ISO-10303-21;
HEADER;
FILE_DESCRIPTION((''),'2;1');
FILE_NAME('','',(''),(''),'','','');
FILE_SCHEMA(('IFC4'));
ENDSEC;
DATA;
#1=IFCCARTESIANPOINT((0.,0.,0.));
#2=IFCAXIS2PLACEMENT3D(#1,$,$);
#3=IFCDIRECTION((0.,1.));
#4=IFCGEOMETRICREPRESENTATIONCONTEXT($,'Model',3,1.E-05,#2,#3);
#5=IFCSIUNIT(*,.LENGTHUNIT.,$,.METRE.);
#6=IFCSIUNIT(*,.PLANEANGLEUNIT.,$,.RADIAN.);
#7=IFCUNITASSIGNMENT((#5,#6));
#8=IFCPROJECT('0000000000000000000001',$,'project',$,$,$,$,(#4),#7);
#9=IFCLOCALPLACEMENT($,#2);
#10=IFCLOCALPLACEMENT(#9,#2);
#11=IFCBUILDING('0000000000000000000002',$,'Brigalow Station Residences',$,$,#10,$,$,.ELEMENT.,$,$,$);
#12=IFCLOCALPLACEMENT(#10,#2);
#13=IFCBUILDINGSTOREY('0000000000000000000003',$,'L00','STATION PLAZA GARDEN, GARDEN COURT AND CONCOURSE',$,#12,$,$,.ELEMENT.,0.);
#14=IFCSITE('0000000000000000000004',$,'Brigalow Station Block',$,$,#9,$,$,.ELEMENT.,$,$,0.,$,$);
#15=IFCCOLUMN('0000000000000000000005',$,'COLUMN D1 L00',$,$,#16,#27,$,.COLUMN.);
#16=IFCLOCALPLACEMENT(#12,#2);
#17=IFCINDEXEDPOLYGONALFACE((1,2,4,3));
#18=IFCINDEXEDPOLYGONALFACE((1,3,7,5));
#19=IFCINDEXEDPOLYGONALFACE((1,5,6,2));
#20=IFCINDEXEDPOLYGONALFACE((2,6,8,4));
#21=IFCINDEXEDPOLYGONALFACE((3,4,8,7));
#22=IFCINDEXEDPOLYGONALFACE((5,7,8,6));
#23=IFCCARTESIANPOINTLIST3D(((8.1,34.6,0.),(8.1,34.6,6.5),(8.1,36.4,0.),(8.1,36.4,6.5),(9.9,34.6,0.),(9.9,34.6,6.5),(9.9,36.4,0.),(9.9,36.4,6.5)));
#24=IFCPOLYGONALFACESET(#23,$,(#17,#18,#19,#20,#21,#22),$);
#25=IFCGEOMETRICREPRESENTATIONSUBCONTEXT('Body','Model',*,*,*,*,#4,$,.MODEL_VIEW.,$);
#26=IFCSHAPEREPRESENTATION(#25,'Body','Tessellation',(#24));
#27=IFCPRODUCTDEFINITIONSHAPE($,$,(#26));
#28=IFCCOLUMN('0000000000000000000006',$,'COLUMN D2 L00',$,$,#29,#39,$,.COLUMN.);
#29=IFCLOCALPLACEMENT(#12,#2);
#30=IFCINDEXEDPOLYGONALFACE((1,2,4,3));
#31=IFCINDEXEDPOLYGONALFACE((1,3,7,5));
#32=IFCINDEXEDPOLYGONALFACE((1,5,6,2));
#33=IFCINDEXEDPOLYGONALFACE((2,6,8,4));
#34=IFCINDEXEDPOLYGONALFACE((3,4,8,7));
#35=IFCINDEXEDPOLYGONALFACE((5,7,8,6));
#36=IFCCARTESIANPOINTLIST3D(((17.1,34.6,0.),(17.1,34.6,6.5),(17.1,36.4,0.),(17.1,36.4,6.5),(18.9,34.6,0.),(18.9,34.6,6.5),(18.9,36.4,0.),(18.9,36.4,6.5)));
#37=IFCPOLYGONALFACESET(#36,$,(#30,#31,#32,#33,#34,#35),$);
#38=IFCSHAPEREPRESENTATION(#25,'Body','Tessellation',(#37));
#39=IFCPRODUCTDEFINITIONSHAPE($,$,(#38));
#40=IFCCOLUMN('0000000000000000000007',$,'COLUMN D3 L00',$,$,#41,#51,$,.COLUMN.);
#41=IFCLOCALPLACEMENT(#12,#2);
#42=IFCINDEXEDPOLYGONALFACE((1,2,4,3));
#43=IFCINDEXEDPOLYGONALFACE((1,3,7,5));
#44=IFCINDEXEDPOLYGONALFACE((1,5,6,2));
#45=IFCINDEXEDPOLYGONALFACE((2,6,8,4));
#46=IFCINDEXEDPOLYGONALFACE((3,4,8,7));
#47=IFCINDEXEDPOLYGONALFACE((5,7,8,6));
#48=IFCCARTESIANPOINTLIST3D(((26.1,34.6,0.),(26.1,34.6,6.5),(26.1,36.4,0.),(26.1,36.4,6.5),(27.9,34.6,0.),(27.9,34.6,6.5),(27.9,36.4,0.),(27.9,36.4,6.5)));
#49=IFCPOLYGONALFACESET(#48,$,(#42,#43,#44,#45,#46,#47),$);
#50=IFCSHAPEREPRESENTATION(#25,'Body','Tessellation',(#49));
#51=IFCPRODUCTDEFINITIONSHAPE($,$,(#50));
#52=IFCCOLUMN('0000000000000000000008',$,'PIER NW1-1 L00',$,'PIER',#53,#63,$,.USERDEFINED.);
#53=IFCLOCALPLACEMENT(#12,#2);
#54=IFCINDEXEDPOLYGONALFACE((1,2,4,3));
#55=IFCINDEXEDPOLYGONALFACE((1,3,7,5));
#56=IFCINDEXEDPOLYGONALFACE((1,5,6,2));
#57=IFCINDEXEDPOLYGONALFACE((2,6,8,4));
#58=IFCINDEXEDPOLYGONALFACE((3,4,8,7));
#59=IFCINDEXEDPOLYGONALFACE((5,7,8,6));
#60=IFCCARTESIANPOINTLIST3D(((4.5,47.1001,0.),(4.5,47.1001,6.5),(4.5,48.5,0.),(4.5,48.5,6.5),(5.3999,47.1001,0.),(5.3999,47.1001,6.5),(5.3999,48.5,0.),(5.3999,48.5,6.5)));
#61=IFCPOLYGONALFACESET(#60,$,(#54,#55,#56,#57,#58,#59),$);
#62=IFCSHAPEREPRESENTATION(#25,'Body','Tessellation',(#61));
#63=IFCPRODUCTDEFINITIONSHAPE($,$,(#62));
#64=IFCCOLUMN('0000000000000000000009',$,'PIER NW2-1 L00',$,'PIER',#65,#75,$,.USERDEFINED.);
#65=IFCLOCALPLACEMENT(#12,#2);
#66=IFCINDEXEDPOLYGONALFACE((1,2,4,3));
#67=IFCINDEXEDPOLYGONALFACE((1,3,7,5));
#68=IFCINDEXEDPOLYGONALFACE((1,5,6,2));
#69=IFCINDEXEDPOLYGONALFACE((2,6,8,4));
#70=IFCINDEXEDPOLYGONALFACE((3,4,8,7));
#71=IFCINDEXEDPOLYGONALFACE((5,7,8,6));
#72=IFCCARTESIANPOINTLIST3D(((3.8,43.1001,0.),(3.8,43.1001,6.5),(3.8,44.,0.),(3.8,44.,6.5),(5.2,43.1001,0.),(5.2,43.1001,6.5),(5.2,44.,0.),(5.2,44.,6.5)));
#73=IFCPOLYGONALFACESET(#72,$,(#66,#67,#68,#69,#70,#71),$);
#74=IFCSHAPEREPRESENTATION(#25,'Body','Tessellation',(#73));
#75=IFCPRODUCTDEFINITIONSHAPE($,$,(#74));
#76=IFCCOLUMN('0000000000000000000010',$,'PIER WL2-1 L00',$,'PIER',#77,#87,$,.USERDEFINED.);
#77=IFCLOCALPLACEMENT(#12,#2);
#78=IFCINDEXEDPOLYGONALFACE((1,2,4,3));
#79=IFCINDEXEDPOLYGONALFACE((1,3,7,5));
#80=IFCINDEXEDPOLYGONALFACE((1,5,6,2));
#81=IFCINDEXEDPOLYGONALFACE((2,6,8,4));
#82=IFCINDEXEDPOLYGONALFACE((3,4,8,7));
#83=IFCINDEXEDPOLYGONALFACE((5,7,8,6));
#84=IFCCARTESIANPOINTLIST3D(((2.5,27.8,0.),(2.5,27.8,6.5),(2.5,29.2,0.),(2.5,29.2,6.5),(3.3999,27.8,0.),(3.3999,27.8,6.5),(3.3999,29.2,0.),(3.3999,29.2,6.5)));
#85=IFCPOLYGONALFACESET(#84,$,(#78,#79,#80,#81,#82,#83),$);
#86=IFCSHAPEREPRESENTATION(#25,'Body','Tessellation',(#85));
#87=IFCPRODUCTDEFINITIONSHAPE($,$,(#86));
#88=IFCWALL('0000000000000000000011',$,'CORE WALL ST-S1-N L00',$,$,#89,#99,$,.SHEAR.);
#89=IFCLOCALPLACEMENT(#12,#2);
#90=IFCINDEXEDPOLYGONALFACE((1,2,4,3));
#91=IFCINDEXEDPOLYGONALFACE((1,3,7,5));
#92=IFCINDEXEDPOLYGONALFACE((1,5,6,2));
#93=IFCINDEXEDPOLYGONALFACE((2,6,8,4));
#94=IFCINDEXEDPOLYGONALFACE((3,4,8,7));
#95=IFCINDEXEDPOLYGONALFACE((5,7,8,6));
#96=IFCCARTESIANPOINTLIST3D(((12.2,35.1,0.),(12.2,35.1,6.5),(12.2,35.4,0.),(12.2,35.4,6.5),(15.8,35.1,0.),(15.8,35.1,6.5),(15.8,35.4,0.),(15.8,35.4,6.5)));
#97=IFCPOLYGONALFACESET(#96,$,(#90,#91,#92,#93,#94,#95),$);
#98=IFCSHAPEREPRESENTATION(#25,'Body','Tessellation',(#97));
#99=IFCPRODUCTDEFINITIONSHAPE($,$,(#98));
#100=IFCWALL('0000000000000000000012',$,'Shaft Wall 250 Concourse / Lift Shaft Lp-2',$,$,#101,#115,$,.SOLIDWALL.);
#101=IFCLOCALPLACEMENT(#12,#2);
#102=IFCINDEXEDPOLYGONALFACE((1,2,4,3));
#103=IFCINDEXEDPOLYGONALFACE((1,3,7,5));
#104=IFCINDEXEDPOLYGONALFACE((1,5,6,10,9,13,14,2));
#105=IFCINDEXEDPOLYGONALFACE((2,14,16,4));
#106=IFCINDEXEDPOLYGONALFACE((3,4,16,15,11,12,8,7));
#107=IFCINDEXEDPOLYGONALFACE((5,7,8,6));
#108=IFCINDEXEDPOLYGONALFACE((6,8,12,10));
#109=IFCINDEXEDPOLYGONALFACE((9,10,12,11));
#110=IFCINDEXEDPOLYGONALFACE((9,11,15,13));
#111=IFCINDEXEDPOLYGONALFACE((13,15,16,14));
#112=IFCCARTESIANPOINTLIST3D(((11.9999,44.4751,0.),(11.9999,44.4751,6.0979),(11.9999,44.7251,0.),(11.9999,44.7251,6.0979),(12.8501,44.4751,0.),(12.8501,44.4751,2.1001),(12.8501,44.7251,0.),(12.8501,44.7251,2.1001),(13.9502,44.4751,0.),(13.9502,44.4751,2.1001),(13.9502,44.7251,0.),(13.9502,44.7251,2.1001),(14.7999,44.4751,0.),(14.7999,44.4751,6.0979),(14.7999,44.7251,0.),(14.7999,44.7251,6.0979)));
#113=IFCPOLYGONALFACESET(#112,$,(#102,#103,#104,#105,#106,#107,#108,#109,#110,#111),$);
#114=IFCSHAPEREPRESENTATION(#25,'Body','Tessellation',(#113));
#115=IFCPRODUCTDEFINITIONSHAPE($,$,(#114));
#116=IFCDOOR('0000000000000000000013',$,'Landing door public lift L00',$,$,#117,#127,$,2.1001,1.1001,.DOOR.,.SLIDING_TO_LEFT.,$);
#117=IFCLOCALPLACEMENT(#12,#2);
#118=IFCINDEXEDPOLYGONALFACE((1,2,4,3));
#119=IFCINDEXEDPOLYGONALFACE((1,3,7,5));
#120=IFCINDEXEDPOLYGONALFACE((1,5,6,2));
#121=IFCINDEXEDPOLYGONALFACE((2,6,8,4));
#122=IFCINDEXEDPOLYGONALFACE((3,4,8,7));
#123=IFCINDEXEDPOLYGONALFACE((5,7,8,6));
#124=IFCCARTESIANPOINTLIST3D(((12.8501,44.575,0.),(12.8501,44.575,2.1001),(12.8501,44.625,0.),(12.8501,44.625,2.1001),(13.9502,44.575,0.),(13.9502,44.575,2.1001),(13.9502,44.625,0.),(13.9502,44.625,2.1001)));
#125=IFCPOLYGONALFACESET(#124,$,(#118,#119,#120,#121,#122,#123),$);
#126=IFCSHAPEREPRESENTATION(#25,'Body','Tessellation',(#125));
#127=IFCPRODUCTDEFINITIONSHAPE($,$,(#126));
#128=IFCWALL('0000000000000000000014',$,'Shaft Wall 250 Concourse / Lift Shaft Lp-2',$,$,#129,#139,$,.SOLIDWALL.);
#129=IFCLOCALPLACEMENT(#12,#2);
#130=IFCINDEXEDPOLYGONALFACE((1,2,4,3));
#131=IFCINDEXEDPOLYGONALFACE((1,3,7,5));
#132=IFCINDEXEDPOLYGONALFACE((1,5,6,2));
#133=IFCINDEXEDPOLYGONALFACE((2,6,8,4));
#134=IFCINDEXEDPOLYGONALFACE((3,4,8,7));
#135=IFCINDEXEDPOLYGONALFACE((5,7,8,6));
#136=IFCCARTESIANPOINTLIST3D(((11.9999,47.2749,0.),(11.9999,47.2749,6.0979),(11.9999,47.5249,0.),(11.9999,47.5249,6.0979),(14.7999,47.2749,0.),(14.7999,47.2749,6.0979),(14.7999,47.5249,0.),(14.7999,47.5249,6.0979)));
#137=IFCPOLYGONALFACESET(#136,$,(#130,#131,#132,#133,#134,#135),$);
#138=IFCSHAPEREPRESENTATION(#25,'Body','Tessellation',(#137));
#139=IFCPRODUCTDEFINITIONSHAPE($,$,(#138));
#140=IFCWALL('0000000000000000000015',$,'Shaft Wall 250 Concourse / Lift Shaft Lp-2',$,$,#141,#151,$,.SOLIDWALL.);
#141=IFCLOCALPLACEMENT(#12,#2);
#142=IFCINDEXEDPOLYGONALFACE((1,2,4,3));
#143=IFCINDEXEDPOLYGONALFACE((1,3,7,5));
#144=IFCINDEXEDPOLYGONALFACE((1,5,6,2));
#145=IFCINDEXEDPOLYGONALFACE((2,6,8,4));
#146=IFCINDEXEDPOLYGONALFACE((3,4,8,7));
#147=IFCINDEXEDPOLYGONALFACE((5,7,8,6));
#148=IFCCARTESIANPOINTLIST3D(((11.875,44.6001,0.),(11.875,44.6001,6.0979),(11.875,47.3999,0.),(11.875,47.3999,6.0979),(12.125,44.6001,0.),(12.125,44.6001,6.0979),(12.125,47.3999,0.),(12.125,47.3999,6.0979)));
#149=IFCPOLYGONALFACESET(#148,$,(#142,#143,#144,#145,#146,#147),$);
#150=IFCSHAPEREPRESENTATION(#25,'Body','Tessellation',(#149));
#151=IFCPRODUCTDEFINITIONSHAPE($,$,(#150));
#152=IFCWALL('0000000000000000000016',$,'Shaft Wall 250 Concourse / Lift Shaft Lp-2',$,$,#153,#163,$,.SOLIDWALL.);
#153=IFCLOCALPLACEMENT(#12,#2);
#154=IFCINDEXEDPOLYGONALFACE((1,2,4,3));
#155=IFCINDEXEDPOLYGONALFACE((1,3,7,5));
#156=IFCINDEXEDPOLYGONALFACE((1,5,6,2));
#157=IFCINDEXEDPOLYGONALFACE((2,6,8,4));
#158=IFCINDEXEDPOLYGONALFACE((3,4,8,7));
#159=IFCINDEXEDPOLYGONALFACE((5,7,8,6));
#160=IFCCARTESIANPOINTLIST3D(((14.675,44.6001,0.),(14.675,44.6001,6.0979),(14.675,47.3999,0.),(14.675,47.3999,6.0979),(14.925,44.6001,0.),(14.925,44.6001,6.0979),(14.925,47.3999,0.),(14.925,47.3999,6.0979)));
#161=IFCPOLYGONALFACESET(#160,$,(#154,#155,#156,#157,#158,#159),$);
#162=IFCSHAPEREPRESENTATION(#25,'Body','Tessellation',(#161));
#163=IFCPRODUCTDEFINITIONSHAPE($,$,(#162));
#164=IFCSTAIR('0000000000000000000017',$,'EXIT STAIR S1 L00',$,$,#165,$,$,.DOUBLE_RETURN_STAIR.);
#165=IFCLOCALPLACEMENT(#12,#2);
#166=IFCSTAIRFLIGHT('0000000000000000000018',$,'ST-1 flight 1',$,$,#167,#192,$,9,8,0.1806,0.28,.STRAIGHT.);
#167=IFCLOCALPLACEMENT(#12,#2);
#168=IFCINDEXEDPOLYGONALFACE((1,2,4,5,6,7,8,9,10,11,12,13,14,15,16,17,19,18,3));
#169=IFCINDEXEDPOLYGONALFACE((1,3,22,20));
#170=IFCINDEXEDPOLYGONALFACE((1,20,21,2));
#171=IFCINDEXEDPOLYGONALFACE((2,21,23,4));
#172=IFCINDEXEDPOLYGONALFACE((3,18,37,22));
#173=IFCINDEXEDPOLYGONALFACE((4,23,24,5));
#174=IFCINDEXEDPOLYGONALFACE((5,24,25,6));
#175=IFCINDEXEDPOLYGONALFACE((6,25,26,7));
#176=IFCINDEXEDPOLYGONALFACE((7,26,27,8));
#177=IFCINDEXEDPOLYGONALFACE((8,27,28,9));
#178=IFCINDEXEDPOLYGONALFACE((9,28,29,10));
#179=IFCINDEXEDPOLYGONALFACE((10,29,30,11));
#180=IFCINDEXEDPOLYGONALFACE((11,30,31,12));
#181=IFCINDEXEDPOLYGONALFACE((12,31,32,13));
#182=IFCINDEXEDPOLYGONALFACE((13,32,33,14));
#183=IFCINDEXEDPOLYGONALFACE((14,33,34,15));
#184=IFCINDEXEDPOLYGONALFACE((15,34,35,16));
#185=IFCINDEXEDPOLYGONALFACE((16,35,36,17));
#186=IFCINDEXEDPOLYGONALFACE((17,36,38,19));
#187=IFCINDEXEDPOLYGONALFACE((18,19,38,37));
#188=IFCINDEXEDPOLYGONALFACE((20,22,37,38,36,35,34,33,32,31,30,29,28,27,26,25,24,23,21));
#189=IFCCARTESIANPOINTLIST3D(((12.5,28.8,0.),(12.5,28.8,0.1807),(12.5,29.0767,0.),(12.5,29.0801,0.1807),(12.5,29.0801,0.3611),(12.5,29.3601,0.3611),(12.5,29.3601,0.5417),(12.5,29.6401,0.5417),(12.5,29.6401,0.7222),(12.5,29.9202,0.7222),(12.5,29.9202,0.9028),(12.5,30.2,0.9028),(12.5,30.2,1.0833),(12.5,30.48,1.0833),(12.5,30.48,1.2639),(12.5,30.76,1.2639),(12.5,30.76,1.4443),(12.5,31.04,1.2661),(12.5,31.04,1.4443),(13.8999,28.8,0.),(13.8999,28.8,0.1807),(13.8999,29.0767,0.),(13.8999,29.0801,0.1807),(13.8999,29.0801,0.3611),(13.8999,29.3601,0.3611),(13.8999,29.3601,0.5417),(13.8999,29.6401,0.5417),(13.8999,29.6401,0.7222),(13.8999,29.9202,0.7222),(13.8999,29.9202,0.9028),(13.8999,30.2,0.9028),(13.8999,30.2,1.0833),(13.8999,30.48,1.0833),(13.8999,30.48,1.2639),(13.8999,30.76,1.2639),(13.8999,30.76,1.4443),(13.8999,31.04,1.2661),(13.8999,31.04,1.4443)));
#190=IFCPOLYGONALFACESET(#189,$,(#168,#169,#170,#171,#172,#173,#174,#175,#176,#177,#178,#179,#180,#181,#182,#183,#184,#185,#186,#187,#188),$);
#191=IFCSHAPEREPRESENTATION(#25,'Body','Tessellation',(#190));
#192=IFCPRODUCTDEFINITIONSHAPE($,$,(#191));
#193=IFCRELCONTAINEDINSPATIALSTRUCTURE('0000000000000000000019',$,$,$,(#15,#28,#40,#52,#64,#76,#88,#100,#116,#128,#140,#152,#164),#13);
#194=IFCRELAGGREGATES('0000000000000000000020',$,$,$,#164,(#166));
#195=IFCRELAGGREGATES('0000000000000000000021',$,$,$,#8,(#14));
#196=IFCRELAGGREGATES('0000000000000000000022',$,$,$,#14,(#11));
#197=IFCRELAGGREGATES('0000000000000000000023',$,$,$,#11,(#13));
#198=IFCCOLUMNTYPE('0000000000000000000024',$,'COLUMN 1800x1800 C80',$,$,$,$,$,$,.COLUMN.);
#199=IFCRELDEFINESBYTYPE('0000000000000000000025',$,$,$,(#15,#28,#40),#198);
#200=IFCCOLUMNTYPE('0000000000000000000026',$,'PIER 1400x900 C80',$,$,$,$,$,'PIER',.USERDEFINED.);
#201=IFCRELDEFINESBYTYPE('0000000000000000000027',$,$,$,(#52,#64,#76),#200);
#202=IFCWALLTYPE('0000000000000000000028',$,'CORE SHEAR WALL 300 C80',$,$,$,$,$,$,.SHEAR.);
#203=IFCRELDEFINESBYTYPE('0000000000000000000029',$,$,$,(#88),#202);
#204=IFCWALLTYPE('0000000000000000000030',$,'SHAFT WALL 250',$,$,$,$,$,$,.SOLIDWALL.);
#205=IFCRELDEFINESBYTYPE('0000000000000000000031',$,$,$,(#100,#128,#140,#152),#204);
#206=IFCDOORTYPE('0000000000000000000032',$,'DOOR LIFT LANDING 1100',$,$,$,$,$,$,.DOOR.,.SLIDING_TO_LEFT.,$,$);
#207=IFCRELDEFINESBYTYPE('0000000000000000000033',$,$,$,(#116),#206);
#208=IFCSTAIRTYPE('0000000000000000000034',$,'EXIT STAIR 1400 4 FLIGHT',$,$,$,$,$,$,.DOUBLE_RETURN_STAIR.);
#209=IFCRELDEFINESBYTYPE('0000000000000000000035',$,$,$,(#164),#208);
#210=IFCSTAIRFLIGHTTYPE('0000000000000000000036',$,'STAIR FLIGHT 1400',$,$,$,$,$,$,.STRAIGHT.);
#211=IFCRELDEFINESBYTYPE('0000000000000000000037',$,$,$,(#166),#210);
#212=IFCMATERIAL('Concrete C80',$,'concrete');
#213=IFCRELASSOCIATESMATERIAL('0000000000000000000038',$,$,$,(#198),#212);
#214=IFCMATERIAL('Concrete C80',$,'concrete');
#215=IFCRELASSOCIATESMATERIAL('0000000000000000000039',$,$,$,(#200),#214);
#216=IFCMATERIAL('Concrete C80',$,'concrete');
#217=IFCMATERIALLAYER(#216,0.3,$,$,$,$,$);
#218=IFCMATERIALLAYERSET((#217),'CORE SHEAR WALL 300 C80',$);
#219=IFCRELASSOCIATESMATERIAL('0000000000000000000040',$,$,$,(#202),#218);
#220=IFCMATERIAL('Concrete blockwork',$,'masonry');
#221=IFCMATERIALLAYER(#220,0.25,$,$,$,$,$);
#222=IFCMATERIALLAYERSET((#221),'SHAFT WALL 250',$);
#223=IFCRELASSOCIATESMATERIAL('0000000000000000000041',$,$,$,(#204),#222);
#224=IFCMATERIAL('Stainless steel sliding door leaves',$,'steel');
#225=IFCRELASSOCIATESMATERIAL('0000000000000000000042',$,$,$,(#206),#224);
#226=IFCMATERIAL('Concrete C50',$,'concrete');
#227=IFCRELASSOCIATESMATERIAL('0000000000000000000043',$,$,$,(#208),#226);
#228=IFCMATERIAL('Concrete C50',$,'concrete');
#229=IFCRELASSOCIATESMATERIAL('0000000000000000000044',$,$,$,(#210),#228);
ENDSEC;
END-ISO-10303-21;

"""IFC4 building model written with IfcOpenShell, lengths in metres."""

from ifc_helpers import new_model, si_unit, direction, frame, frame_2d, origin, origin_2d, place, context, subcontext, project, spatial, polyline, rectangle, outline, extrude, material, layer, layer_set, material_profile, profile_set, type_object, element, fill, aggregate, save


model = new_model("IFC4")

# Units and contexts
model_context = context("Model", 3, precision=1e-05, world=origin(), true_north=direction((0.0, 1.0)))
body_context = subcontext(model_context, "Body", "Model", "MODEL_VIEW")
ifc_project = project(units=[si_unit("LENGTHUNIT", "METRE"), si_unit("PLANEANGLEUNIT", "RADIAN")], contexts=[model_context])

# Site, building, storey
site_placement = place(None, origin())
site = spatial("IfcSite", under=ifc_project, at=site_placement, Name="Brigalow Station Block", CompositionType="ELEMENT", RefElevation=0.0)
building_placement = place(site_placement, origin())
building = spatial("IfcBuilding", under=site, at=building_placement, Name="Brigalow Station Residences", CompositionType="ELEMENT")
storey_placement = place(building_placement, origin())
storey = spatial("IfcBuildingStorey", under=building, at=storey_placement, Name="L00", Description="STATION PLAZA GARDEN, GARDEN COURT AND CONCOURSE", CompositionType="ELEMENT", Elevation=0.0)

# Columns
ifc_material_1 = material(Name="Concrete C80", Category="concrete")
ifc_material_profile_1 = material_profile(ifc_material_1, rectangle(XDim=1.8, YDim=1.8, at=origin_2d()), Name="RC1800x1800")
ifc_profile_set_1 = profile_set([ifc_material_profile_1], Name="Concrete C80")
column_type_1 = type_object("IfcColumnType", Name="COLUMN 1800x1800 C80", PredefinedType="COLUMN", material=ifc_profile_set_1)
for number, where, z_axis, x_axis, name in (
    (1, (9.0, 35.5, 0.0), (0.0, 0.0, 1.0), (1.0, 0.0, 0.0), "COLUMN D1 L00"),
    (2, (18.0, 35.5, 0.0), (0.0, 0.0, 1.0), (1.0, 0.0, 0.0), "COLUMN D2 L00"),
    (3, (27.0, 35.5, 0.0), (0.0, 0.0, 1.0), (1.0, 0.0, 0.0), "COLUMN D3 L00"),
):
    element("IfcColumn", number, at=place(storey_placement, frame(where, z_axis=z_axis, x_axis=x_axis)), inside=storey, type_object=column_type_1, Name=name, PredefinedType="COLUMN", context=body_context, shape_type="SweptSolid", body=[
        extrude(rectangle(XDim=1.8, YDim=1.8, at=origin_2d()), origin(), (0.0, 0.0, 1.0), 6.5),
    ])
ifc_material_2 = material(Name="Concrete C80", Category="concrete")
ifc_material_profile_2 = material_profile(ifc_material_2, rectangle(XDim=1.3999, YDim=0.8999, at=origin_2d()), Name="RC1400x900")
ifc_profile_set_2 = profile_set([ifc_material_profile_2], Name="Concrete C80")
column_type_2 = type_object("IfcColumnType", Name="PIER 1400x900 C80", ElementType="PIER", PredefinedType="USERDEFINED", material=ifc_profile_set_2)
for number, where, z_axis, x_axis, name in (
    (4, (4.95, 47.8, 0.0), (0.0, 0.0, 1.0), (0.0, -1.0, 0.0), "PIER NW1-1 L00"),
    (5, (4.5, 43.55, 0.0), (0.0, 0.0, 1.0), (-1.0, 0.0, 0.0), "PIER NW2-1 L00"),
    (6, (2.95, 28.5, 0.0), (0.0, 0.0, 1.0), (0.0, -1.0, 0.0), "PIER WL2-1 L00"),
):
    element("IfcColumn", number, at=place(storey_placement, frame(where, z_axis=z_axis, x_axis=x_axis)), inside=storey, type_object=column_type_2, Name=name, ObjectType="PIER", PredefinedType="USERDEFINED", context=body_context, shape_type="SweptSolid", body=[
        extrude(rectangle(XDim=1.3999, YDim=0.8999, at=origin_2d()), origin(), (0.0, 0.0, 1.0), 6.5),
    ])

# Wall
ifc_material_3 = material(Name="Concrete C80", Category="concrete")
ifc_layer_1 = layer(ifc_material_3, 0.3)
ifc_layer_set_1 = layer_set([ifc_layer_1], Name="CORE SHEAR WALL 300 C80")
wall_type_1 = type_object("IfcWallType", Name="CORE SHEAR WALL 300 C80", PredefinedType="SHEAR", material=ifc_layer_set_1)
wall_1_placement = place(storey_placement, frame((12.2, 35.25, 0.0), z_axis=(0.0, 0.0, 1.0), x_axis=(1.0, 0.0, 0.0)))
element("IfcWall", 7, at=wall_1_placement, inside=storey, type_object=wall_type_1, Name="CORE WALL ST-S1-N L00", PredefinedType="SHEAR", context=body_context, shape_type="SweptSolid", body=[
    extrude(rectangle(XDim=3.6001, YDim=0.3, at=frame_2d((1.8, 0.0))), origin(), (0.0, 0.0, 1.0), 6.5),
])

# Wall, opening, door
ifc_material_4 = material(Name="Concrete blockwork", Category="masonry")
ifc_layer_2 = layer(ifc_material_4, 0.25)
ifc_layer_set_2 = layer_set([ifc_layer_2], Name="SHAFT WALL 250")
wall_type_2 = type_object("IfcWallType", Name="SHAFT WALL 250", PredefinedType="SOLIDWALL", material=ifc_layer_set_2)
wall_2_placement = place(storey_placement, frame((12.0, 44.6001, 0.0), z_axis=(0.0, 0.0, 1.0), x_axis=(1.0, 0.0, 0.0)))
wall_2 = element("IfcWall", 8, at=wall_2_placement, inside=storey, type_object=wall_type_2, Name="Shaft Wall 250 Concourse / Lift Shaft Lp-2", PredefinedType="SOLIDWALL", context=body_context, shape_type="SweptSolid", body=[
    extrude(rectangle(XDim=2.8, YDim=0.25, at=frame_2d((1.3999, 0.0))), origin(), (0.0, 0.0, 1.0), 6.0979),
])
opening_placement = place(wall_2_placement, frame((0.8501, 0.0, 0.0)))
opening = element("IfcOpeningElement", 9, at=opening_placement, cuts=wall_2, PredefinedType="OPENING", context=body_context, shape_type="SweptSolid", body=[
    extrude(rectangle(XDim=1.1001, YDim=2.1001, at=frame_2d((0.55, 1.05))), frame((0.0, 0.135, 0.0), z_axis=(0.0, -1.0, 0.0), x_axis=(1.0, 0.0, 0.0)), (0.0, 0.0, 1.0), 0.27),
])
ifc_material_5 = material(Name="Stainless steel sliding door leaves", Category="steel")
door_type = type_object("IfcDoorType", Name="DOOR LIFT LANDING 1100", OperationType="SLIDING_TO_LEFT", PredefinedType="DOOR", material=ifc_material_5)
door_placement = place(opening_placement, origin())
door = element("IfcDoor", 10, at=door_placement, inside=storey, type_object=door_type, Name="Landing door public lift L00", OperationType="SLIDING_TO_LEFT", OverallHeight=2.1001, OverallWidth=1.1001, PredefinedType="DOOR", context=body_context, shape_type="SweptSolid", body=[
    extrude(rectangle(XDim=1.1001, YDim=2.1001, at=frame_2d((0.55, 1.05))), frame((0.0, 0.0249, 0.0), z_axis=(0.0, -1.0, 0.0), x_axis=(1.0, 0.0, 0.0)), (0.0, 0.0, 1.0), 0.05),
])
fill(opening, door)

# Walls
wall_3_placement = place(storey_placement, frame((12.0, 47.3999, 0.0), z_axis=(0.0, 0.0, 1.0), x_axis=(1.0, 0.0, 0.0)))
element("IfcWall", 11, at=wall_3_placement, inside=storey, type_object=wall_type_2, Name="Shaft Wall 250 Concourse / Lift Shaft Lp-2", PredefinedType="SOLIDWALL", context=body_context, shape_type="SweptSolid", body=[
    extrude(rectangle(XDim=2.8, YDim=0.25, at=frame_2d((1.3999, 0.0))), origin(), (0.0, 0.0, 1.0), 6.0979),
])
for number, where, z_axis, x_axis, name in (
    (12, (12.0, 44.6001, 0.0), (0.0, 0.0, 1.0), (0.0, 1.0, 0.0), "Shaft Wall 250 Concourse / Lift Shaft Lp-2"),
    (13, (14.8, 44.6001, 0.0), (0.0, 0.0, 1.0), (0.0, 1.0, 0.0), "Shaft Wall 250 Concourse / Lift Shaft Lp-2"),
):
    element("IfcWall", number, at=place(storey_placement, frame(where, z_axis=z_axis, x_axis=x_axis)), inside=storey, type_object=wall_type_2, Name=name, PredefinedType="SOLIDWALL", context=body_context, shape_type="SweptSolid", body=[
        extrude(rectangle(XDim=2.7998, YDim=0.25, at=frame_2d((1.3999, 0.0))), origin(), (0.0, 0.0, 1.0), 6.0979),
    ])

# Stair, stair flight
ifc_material_6 = material(Name="Concrete C50", Category="concrete")
stair_type = type_object("IfcStairType", Name="EXIT STAIR 1400 4 FLIGHT", PredefinedType="DOUBLE_RETURN_STAIR", material=ifc_material_6)
stair_placement = place(storey_placement, origin())
stair = element("IfcStair", 14, at=stair_placement, inside=storey, type_object=stair_type, Name="EXIT STAIR S1 L00", PredefinedType="DOUBLE_RETURN_STAIR")
ifc_material_7 = material(Name="Concrete C50", Category="concrete")
stair_flight_type = type_object("IfcStairFlightType", Name="STAIR FLIGHT 1400", PredefinedType="STRAIGHT", material=ifc_material_7)
stair_flight_1_placement = place(storey_placement, frame((13.2, 28.8, 0.0), z_axis=(0.0, 0.0, 1.0), x_axis=(0.0, 1.0, 0.0)))
stair_flight_1 = element("IfcStairFlight", 15, at=stair_flight_1_placement, type_object=stair_flight_type, Name="ST-1 flight 1", NumberOfRisers=9, NumberOfTreads=8, PredefinedType="STRAIGHT", RiserHeight=0.1806, TreadLength=0.28, context=body_context, shape_type="SweptSolid", body=[
    extrude(outline(polyline([(0.0, 0.0), (0.0, 0.1807), (0.28, 0.1807), (0.28, 0.3611), (0.5601, 0.3611), (0.5601, 0.5417), (0.8401, 0.5417), (0.8401, 0.7222), (1.1201, 0.7222), (1.1201, 0.9028), (1.3999, 0.9028), (1.3999, 1.0833), (1.6799, 1.0833), (1.6799, 1.2639), (1.96, 1.2639), (1.96, 1.4443), (2.24, 1.4443), (2.24, 1.625), (2.24, 1.2661), (0.2766, 0.0), (0.0, 0.0)])), frame((0.0, 0.7, 0.0), z_axis=(0.0, -1.0, 0.0), x_axis=(1.0, 0.0, 0.0)), (0.0, 0.0, 1.0), 1.3999),
])
aggregate(stair, [stair_flight_1])

save(model, "model.ifc")
